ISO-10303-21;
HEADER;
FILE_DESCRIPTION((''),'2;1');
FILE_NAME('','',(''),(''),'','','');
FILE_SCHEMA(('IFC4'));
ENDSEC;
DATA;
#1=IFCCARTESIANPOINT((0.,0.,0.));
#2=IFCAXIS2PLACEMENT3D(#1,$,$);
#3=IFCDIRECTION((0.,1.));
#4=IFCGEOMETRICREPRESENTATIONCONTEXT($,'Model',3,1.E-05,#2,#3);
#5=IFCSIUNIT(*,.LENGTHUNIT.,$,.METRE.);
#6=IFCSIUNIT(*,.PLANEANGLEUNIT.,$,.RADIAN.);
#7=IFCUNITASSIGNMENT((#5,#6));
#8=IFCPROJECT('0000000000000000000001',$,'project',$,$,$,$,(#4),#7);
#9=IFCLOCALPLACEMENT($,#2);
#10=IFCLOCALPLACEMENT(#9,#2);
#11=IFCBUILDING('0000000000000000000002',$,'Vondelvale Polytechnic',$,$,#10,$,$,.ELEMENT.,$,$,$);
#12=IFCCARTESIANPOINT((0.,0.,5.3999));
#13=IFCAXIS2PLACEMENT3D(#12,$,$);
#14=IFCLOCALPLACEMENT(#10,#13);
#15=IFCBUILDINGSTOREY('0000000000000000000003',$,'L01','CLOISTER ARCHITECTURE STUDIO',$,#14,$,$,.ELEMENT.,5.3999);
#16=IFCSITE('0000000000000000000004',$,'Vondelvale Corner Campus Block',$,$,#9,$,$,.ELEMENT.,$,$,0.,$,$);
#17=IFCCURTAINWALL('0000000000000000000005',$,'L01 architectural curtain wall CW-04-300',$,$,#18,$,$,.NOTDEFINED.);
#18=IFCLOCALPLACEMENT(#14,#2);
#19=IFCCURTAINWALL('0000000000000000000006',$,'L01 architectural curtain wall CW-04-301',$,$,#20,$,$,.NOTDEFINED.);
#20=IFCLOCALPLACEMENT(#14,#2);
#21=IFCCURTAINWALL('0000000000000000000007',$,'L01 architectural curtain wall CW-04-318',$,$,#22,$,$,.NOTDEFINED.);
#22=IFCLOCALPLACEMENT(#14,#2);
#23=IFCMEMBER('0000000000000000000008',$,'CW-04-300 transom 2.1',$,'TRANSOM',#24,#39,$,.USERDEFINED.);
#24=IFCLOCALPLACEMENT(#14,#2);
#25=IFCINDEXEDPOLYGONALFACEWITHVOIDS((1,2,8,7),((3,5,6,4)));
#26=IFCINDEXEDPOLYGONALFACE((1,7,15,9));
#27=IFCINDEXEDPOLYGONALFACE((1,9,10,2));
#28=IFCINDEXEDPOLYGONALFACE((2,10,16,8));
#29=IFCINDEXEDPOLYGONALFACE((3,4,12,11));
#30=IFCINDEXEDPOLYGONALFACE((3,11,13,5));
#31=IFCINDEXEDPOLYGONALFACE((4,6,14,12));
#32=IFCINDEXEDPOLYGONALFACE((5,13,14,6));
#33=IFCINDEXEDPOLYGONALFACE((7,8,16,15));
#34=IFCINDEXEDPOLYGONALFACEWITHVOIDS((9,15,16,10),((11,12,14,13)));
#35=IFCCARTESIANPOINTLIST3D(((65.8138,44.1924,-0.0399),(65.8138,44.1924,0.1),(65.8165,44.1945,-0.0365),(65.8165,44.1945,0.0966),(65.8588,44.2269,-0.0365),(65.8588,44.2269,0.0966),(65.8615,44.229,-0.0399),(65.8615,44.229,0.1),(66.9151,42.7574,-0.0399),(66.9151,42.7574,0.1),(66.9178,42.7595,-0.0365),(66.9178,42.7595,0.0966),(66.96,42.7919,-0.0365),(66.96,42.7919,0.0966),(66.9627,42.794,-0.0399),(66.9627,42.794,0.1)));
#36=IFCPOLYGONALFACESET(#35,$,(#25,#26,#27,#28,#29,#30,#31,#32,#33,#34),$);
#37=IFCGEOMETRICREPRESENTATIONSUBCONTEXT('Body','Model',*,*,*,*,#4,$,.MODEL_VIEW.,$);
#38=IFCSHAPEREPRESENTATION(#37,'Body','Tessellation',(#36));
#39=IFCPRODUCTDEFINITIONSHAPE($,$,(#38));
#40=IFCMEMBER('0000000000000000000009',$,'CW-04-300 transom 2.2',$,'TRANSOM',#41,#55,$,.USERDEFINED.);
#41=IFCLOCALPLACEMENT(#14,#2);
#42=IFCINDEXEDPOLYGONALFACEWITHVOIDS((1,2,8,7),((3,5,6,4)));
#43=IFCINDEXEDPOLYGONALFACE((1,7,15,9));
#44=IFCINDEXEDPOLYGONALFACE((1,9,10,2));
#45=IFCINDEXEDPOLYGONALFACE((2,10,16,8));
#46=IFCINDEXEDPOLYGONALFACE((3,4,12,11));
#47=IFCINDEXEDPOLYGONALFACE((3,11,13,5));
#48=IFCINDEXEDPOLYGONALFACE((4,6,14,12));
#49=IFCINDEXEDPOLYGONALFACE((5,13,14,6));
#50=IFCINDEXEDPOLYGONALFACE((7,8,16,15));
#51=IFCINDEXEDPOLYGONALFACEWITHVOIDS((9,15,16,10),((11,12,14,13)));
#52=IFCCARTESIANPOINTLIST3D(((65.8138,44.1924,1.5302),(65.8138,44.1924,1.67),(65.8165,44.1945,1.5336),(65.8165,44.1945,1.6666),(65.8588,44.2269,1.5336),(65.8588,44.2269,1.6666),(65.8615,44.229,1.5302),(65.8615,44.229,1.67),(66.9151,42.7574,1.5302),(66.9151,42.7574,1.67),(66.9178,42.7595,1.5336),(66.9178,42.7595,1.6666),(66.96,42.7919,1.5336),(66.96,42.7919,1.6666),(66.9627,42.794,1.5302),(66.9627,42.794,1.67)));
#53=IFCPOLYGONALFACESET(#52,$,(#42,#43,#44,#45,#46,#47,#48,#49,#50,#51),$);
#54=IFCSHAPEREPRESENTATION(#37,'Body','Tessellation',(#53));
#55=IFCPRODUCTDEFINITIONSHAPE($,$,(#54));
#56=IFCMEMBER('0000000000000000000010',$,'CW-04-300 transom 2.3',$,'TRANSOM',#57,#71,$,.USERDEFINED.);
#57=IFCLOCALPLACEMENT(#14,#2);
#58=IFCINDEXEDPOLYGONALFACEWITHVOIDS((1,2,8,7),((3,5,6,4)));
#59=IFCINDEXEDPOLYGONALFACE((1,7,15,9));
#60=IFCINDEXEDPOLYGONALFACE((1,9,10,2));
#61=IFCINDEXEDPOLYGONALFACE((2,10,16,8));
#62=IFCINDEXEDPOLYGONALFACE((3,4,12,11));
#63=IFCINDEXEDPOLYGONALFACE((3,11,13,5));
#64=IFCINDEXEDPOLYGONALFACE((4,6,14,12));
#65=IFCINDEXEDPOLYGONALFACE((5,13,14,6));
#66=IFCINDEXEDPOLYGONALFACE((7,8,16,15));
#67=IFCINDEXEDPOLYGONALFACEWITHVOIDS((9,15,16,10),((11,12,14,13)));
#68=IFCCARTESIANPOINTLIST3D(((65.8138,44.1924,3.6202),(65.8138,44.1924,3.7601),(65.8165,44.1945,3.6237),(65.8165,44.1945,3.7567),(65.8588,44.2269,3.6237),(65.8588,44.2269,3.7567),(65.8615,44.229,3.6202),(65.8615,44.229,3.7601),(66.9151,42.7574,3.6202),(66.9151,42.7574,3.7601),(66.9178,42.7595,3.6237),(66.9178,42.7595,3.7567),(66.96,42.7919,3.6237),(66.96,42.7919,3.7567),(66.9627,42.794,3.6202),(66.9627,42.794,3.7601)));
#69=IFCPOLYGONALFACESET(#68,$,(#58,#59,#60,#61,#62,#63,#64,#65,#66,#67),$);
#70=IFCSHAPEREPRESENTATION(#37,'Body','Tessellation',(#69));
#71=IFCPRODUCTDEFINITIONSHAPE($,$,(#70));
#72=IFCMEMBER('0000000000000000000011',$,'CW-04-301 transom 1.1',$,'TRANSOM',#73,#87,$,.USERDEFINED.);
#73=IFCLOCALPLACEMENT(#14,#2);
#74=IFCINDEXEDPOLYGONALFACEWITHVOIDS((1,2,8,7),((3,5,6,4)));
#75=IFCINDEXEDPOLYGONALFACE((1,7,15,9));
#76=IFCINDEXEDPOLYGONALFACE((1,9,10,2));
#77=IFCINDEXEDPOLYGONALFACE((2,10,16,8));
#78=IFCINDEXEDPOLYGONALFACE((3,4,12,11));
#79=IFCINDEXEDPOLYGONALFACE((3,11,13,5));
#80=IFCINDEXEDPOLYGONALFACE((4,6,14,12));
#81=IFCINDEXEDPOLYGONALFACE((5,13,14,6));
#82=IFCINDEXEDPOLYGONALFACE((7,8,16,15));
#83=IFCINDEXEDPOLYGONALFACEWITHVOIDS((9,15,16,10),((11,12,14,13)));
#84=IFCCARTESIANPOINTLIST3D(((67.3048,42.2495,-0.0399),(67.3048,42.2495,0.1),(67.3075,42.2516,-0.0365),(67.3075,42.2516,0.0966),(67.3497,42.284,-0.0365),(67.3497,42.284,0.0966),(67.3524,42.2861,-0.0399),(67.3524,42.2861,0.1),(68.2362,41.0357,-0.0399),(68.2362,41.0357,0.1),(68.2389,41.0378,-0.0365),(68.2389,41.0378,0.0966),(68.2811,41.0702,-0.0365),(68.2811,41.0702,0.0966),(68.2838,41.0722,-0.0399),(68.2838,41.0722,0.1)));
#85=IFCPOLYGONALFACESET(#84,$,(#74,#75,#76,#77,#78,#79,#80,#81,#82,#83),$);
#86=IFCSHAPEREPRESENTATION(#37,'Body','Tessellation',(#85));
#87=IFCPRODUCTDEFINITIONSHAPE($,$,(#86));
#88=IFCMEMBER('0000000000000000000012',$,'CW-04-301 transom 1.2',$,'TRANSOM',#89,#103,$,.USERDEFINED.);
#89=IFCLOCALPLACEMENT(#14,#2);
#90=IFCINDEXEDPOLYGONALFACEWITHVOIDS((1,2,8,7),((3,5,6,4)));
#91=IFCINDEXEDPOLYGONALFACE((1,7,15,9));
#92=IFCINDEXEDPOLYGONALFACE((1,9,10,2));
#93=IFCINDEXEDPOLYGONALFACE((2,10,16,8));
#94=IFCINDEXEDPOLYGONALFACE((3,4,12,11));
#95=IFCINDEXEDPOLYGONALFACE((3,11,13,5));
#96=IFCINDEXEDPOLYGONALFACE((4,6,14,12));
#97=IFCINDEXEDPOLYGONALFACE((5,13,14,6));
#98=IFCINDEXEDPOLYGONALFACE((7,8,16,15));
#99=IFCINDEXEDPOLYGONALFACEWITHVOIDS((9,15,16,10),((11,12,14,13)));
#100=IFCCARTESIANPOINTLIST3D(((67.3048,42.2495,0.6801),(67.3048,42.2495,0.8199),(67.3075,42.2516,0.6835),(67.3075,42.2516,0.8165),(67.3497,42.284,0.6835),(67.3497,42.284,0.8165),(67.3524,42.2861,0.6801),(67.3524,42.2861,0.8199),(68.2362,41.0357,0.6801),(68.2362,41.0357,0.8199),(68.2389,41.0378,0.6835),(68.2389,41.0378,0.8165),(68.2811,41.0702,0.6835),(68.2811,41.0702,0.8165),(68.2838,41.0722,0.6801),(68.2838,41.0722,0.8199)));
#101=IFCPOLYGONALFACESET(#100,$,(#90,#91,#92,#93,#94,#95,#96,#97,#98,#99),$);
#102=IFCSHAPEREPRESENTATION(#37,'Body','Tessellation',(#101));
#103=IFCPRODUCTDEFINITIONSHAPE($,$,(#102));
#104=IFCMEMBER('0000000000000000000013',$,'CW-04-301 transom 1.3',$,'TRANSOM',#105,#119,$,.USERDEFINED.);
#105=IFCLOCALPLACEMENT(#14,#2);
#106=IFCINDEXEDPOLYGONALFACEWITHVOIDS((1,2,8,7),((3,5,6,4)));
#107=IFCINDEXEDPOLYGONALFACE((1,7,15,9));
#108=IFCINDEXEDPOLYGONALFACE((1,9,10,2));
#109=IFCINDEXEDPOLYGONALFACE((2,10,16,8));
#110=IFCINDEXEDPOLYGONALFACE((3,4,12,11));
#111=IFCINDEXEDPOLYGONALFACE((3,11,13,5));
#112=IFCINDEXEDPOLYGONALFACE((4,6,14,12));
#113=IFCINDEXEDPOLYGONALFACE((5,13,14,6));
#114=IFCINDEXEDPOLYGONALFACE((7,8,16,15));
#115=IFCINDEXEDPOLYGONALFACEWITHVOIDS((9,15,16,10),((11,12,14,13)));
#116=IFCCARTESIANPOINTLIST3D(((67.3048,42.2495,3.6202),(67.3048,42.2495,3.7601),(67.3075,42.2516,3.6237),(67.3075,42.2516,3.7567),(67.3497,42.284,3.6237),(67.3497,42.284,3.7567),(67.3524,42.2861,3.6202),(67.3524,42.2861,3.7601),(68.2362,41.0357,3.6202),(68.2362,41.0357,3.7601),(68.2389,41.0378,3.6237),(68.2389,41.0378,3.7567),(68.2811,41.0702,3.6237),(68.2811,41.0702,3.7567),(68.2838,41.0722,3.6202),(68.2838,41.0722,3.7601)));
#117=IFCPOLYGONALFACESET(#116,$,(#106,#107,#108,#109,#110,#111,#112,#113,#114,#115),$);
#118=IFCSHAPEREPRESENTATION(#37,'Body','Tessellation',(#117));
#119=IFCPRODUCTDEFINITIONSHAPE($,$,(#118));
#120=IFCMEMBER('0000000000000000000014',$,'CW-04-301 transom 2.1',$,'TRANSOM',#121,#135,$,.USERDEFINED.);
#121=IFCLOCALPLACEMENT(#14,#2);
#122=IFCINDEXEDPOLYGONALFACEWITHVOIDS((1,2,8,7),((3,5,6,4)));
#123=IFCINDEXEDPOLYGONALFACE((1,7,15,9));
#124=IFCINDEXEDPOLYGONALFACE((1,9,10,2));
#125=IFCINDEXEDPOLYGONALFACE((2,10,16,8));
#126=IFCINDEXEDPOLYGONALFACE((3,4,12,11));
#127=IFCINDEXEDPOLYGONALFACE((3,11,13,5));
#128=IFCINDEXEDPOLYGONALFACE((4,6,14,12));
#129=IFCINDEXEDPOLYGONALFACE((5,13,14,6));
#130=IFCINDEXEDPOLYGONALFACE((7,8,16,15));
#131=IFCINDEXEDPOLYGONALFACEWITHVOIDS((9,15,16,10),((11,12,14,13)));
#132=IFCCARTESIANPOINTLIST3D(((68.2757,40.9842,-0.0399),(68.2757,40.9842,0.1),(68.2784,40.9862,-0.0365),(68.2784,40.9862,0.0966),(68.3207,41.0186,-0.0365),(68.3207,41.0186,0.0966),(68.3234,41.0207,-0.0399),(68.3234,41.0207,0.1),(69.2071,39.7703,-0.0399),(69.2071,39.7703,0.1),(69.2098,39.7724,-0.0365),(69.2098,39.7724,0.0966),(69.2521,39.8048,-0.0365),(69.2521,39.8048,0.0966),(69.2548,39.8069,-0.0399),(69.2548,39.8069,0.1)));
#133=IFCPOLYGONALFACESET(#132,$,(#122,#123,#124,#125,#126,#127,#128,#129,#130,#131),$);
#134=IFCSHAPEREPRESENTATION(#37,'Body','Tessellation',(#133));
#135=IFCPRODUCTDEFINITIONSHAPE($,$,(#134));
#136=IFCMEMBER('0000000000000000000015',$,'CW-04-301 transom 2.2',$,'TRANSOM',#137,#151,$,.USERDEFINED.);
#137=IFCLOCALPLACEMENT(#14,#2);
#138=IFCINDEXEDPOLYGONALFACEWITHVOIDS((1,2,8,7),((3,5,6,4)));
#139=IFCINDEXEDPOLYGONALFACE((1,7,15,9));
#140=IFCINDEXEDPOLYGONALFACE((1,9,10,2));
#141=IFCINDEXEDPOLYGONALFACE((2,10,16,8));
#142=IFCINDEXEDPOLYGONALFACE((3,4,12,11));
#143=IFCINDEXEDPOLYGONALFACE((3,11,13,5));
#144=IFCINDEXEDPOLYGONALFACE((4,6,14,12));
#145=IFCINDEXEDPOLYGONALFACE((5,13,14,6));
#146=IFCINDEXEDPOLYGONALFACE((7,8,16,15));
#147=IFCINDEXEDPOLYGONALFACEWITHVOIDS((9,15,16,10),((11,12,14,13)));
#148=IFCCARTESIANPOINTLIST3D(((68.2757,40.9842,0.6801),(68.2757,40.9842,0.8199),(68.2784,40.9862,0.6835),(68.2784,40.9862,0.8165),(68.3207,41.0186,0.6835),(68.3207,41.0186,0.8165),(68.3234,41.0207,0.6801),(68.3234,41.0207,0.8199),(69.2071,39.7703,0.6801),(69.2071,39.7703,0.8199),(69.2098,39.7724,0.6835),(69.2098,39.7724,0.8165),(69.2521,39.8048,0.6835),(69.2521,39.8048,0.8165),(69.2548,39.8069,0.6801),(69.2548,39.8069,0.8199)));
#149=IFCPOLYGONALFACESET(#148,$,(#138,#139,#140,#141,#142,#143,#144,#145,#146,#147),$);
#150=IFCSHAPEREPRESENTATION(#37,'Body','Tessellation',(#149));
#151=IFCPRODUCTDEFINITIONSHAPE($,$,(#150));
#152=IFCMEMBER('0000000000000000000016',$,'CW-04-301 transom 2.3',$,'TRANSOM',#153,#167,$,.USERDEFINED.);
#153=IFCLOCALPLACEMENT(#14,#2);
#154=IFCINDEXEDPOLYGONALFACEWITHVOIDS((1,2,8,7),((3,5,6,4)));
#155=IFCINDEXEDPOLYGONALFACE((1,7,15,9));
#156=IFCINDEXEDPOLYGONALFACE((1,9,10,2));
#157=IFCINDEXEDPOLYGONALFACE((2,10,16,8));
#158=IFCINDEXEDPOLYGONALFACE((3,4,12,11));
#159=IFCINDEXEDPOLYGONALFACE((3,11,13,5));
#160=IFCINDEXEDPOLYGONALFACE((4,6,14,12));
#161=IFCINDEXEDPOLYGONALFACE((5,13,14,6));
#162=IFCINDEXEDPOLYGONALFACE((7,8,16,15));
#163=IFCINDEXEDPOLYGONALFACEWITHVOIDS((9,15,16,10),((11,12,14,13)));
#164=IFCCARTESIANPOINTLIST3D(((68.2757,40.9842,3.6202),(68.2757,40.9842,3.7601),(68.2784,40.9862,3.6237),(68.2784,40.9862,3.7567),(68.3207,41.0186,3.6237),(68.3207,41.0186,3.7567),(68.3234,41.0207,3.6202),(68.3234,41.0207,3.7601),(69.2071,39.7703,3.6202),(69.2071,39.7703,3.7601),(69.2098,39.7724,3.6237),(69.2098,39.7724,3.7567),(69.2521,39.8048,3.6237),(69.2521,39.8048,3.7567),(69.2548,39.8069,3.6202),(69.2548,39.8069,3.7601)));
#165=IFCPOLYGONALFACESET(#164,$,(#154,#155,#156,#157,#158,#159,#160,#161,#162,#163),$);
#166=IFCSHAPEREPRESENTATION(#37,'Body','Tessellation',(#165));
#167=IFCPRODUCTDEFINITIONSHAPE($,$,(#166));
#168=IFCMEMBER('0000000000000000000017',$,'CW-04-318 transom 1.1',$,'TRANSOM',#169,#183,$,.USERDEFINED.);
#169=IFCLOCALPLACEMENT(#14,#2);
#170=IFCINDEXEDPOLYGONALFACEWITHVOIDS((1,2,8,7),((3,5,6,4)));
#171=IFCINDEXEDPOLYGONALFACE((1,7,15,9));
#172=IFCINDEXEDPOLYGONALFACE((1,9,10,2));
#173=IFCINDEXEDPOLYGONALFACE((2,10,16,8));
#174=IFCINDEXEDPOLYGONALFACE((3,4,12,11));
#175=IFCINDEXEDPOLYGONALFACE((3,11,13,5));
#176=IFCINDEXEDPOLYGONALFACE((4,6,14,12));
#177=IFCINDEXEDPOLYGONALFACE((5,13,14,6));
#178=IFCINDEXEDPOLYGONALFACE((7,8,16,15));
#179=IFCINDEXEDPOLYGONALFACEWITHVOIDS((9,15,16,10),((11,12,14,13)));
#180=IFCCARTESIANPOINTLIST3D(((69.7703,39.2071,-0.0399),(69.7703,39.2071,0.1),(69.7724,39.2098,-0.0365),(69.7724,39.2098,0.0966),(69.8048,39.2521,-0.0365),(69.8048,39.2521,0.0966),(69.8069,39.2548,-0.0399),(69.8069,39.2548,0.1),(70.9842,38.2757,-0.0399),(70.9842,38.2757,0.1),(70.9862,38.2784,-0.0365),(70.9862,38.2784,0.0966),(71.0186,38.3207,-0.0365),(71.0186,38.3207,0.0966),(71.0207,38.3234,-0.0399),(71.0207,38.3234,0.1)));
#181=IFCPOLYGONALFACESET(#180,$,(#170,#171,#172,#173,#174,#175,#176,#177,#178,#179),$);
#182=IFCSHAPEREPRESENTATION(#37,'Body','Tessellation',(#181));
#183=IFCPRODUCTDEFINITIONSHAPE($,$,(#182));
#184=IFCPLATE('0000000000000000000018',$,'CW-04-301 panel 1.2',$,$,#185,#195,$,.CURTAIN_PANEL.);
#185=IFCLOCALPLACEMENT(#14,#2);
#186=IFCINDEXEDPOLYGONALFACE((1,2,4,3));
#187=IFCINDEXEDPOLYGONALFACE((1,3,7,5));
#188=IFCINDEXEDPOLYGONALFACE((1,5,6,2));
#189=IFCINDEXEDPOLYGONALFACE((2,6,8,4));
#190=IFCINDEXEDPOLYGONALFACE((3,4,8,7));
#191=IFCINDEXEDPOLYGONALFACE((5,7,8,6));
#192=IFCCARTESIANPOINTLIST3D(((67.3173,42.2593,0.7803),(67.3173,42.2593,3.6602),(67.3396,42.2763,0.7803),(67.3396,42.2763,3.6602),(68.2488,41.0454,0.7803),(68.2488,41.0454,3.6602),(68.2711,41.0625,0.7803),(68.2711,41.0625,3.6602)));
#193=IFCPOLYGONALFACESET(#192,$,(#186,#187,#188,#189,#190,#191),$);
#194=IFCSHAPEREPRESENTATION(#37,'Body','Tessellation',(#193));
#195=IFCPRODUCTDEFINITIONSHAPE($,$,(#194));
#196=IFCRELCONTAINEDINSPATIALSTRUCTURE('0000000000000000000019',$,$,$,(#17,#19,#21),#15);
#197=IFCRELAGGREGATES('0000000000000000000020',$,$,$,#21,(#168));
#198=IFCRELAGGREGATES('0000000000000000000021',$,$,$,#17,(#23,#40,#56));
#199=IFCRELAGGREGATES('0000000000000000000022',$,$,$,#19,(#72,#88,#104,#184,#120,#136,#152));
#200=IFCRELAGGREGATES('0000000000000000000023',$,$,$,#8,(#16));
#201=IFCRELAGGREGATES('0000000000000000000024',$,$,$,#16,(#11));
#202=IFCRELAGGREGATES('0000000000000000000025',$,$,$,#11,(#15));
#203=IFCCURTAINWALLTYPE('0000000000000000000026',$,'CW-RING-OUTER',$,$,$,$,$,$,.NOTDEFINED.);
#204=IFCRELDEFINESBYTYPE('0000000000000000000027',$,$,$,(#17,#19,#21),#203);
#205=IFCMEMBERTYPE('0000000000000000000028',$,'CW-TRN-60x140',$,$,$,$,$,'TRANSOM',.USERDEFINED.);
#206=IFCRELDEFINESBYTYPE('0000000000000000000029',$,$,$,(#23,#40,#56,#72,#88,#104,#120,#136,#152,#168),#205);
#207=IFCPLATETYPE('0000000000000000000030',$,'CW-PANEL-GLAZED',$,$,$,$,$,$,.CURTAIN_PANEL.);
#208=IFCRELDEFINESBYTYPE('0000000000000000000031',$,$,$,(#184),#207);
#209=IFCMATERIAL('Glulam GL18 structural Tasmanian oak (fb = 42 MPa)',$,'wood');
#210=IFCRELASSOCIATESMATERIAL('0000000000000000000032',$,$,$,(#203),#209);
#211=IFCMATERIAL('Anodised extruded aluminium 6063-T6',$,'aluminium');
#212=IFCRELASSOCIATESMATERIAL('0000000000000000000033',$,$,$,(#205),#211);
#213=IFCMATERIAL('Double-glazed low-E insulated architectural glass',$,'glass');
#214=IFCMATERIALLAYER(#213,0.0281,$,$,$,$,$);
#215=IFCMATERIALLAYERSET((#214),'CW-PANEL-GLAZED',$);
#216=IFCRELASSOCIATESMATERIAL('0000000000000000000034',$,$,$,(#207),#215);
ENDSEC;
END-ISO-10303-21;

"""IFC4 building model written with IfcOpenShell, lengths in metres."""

from ifc_helpers import new_model, si_unit, direction, frame, origin, origin_2d, place, context, subcontext, project, spatial, rectangle, hollow_rectangle, extrude, material, layer, layer_set, material_profile, profile_set, type_object, element, aggregate, save


model = new_model("IFC4")

# Units and contexts
model_context = context("Model", 3, precision=1e-05, world=origin(), true_north=direction((0.0, 1.0)))
body_context = subcontext(model_context, "Body", "Model", "MODEL_VIEW")
ifc_project = project(units=[si_unit("LENGTHUNIT", "METRE"), si_unit("PLANEANGLEUNIT", "RADIAN")], contexts=[model_context])

# Site, building, storey
site_placement = place(None, origin())
site = spatial("IfcSite", under=ifc_project, at=site_placement, Name="Vondelvale Corner Campus Block", CompositionType="ELEMENT", RefElevation=0.0)
building_placement = place(site_placement, origin())
building = spatial("IfcBuilding", under=site, at=building_placement, Name="Vondelvale Polytechnic", CompositionType="ELEMENT")
storey_placement = place(building_placement, frame((0.0, 0.0, 5.3999)))
storey = spatial("IfcBuildingStorey", under=building, at=storey_placement, Name="L01", Description="CLOISTER ARCHITECTURE STUDIO", CompositionType="ELEMENT", Elevation=5.3999)

# Shared definitions
ifc_material_1 = material(Name="Glulam GL18 structural Tasmanian oak (fb = 42 MPa)", Category="wood")

# Curtain walls
curtain_wall_type = type_object("IfcCurtainWallType", Name="CW-RING-OUTER", PredefinedType="NOTDEFINED", material=ifc_material_1)
curtain_wall_1_placement = place(storey_placement, origin())
curtain_wall_1 = element("IfcCurtainWall", 1, at=curtain_wall_1_placement, inside=storey, type_object=curtain_wall_type, Name="L01 architectural curtain wall CW-04-300", PredefinedType="NOTDEFINED")
ifc_material_2 = material(Name="Anodised extruded aluminium 6063-T6", Category="aluminium")
curtain_wall_2_placement = place(storey_placement, origin())
curtain_wall_2 = element("IfcCurtainWall", 2, at=curtain_wall_2_placement, inside=storey, type_object=curtain_wall_type, Name="L01 architectural curtain wall CW-04-301", PredefinedType="NOTDEFINED")

# Curtain wall
curtain_wall_3_placement = place(storey_placement, origin())
curtain_wall_3 = element("IfcCurtainWall", 3, at=curtain_wall_3_placement, inside=storey, type_object=curtain_wall_type, Name="L01 architectural curtain wall CW-04-318", PredefinedType="NOTDEFINED")

# Members
ifc_material_profile_1 = material_profile(ifc_material_2, hollow_rectangle(XDim=0.0601, YDim=0.1399, WallThickness=0.0034, at=origin_2d()), Name="CW-TRN-140x60")
ifc_profile_set_1 = profile_set([ifc_material_profile_1], Name="Anodised extruded aluminium 6063-T6")
member_type_1 = type_object("IfcMemberType", Name="CW-TRN-60x140", ElementType="TRANSOM", PredefinedType="USERDEFINED", material=ifc_profile_set_1)
member_1_placement = place(storey_placement, frame((65.8376, 44.2107, 0.03), z_axis=(0.608817, -0.793311, 0.0), x_axis=(0.793311, 0.608817, 0.0)))
member_1 = element("IfcMember", 4, at=member_1_placement, type_object=member_type_1, Name="CW-04-300 transom 2.1", ObjectType="TRANSOM", PredefinedType="USERDEFINED", context=body_context, shape_type="SweptSolid", body=[
    extrude(hollow_rectangle(XDim=0.0601, YDim=0.1399, WallThickness=0.0034, at=origin_2d()), origin(), (0.0, 0.0, 1.0), 1.8088),
])
member_2_placement = place(storey_placement, frame((65.8376, 44.2107, 1.6001), z_axis=(0.608817, -0.793311, 0.0), x_axis=(0.793311, 0.608817, 0.0)))
member_2 = element("IfcMember", 5, at=member_2_placement, type_object=member_type_1, Name="CW-04-300 transom 2.2", ObjectType="TRANSOM", PredefinedType="USERDEFINED", context=body_context, shape_type="SweptSolid", body=[
    extrude(hollow_rectangle(XDim=0.0601, YDim=0.1399, WallThickness=0.0034, at=origin_2d()), origin(), (0.0, 0.0, 1.0), 1.8088),
])
member_3_placement = place(storey_placement, frame((65.8376, 44.2107, 3.6902), z_axis=(0.608817, -0.793311, 0.0), x_axis=(0.793311, 0.608817, 0.0)))
member_3 = element("IfcMember", 6, at=member_3_placement, type_object=member_type_1, Name="CW-04-300 transom 2.3", ObjectType="TRANSOM", PredefinedType="USERDEFINED", context=body_context, shape_type="SweptSolid", body=[
    extrude(hollow_rectangle(XDim=0.0601, YDim=0.1399, WallThickness=0.0034, at=origin_2d()), origin(), (0.0, 0.0, 1.0), 1.8088),
])
member_4_placement = place(storey_placement, frame((67.3286, 42.2678, 0.03), z_axis=(0.608746, -0.793365, 0.0), x_axis=(0.793365, 0.608746, 0.0)))
member_4 = element("IfcMember", 7, at=member_4_placement, type_object=member_type_1, Name="CW-04-301 transom 1.1", ObjectType="TRANSOM", PredefinedType="USERDEFINED", context=body_context, shape_type="SweptSolid", body=[
    extrude(hollow_rectangle(XDim=0.0601, YDim=0.1399, WallThickness=0.0034, at=origin_2d()), origin(), (0.0, 0.0, 1.0), 1.53),
])
member_5_placement = place(storey_placement, frame((67.3286, 42.2678, 0.75), z_axis=(0.608746, -0.793365, 0.0), x_axis=(0.793365, 0.608746, 0.0)))
member_5 = element("IfcMember", 8, at=member_5_placement, type_object=member_type_1, Name="CW-04-301 transom 1.2", ObjectType="TRANSOM", PredefinedType="USERDEFINED", context=body_context, shape_type="SweptSolid", body=[
    extrude(hollow_rectangle(XDim=0.0601, YDim=0.1399, WallThickness=0.0034, at=origin_2d()), origin(), (0.0, 0.0, 1.0), 1.53),
])
member_6_placement = place(storey_placement, frame((67.3286, 42.2678, 3.6902), z_axis=(0.608746, -0.793365, 0.0), x_axis=(0.793365, 0.608746, 0.0)))
member_6 = element("IfcMember", 9, at=member_6_placement, type_object=member_type_1, Name="CW-04-301 transom 1.3", ObjectType="TRANSOM", PredefinedType="USERDEFINED", context=body_context, shape_type="SweptSolid", body=[
    extrude(hollow_rectangle(XDim=0.0601, YDim=0.1399, WallThickness=0.0034, at=origin_2d()), origin(), (0.0, 0.0, 1.0), 1.53),
])
member_7_placement = place(storey_placement, frame((68.2996, 41.0024, 0.03), z_axis=(0.608746, -0.793365, 0.0), x_axis=(0.793365, 0.608746, 0.0)))
member_7 = element("IfcMember", 10, at=member_7_placement, type_object=member_type_1, Name="CW-04-301 transom 2.1", ObjectType="TRANSOM", PredefinedType="USERDEFINED", context=body_context, shape_type="SweptSolid", body=[
    extrude(hollow_rectangle(XDim=0.0601, YDim=0.1399, WallThickness=0.0034, at=origin_2d()), origin(), (0.0, 0.0, 1.0), 1.53),
])
member_8_placement = place(storey_placement, frame((68.2996, 41.0024, 0.75), z_axis=(0.608746, -0.793365, 0.0), x_axis=(0.793365, 0.608746, 0.0)))
member_8 = element("IfcMember", 11, at=member_8_placement, type_object=member_type_1, Name="CW-04-301 transom 2.2", ObjectType="TRANSOM", PredefinedType="USERDEFINED", context=body_context, shape_type="SweptSolid", body=[
    extrude(hollow_rectangle(XDim=0.0601, YDim=0.1399, WallThickness=0.0034, at=origin_2d()), origin(), (0.0, 0.0, 1.0), 1.53),
])
member_9_placement = place(storey_placement, frame((68.2996, 41.0024, 3.6902), z_axis=(0.608746, -0.793365, 0.0), x_axis=(0.793365, 0.608746, 0.0)))
member_9 = element("IfcMember", 12, at=member_9_placement, type_object=member_type_1, Name="CW-04-301 transom 2.3", ObjectType="TRANSOM", PredefinedType="USERDEFINED", context=body_context, shape_type="SweptSolid", body=[
    extrude(hollow_rectangle(XDim=0.0601, YDim=0.1399, WallThickness=0.0034, at=origin_2d()), origin(), (0.0, 0.0, 1.0), 1.53),
])
member_10_placement = place(storey_placement, frame((69.7886, 39.231, 0.03), z_axis=(0.793365, -0.608746, 0.0), x_axis=(0.608746, 0.793365, 0.0)))
member_10 = element("IfcMember", 13, at=member_10_placement, type_object=member_type_1, Name="CW-04-318 transom 1.1", ObjectType="TRANSOM", PredefinedType="USERDEFINED", context=body_context, shape_type="SweptSolid", body=[
    extrude(hollow_rectangle(XDim=0.0601, YDim=0.1399, WallThickness=0.0034, at=origin_2d()), origin(), (0.0, 0.0, 1.0), 1.53),
])
aggregate(curtain_wall_3, [member_10])

# Plate
ifc_material_3 = material(Name="Double-glazed low-E insulated architectural glass", Category="glass")
ifc_layer_1 = layer(ifc_material_3, 0.0281)
ifc_layer_set_1 = layer_set([ifc_layer_1], Name="CW-PANEL-GLAZED")
plate_type_1 = type_object("IfcPlateType", Name="CW-PANEL-GLAZED", PredefinedType="CURTAIN_PANEL", material=ifc_layer_set_1)
plate_1_placement = place(storey_placement, frame((67.7942, 41.6609, 0.7803), z_axis=(0.0, 0.0, 1.0), x_axis=(0.608787, -0.793334, 0.0)))
plate_1 = element("IfcPlate", 14, at=plate_1_placement, type_object=plate_type_1, Name="CW-04-301 panel 1.2", PredefinedType="CURTAIN_PANEL", context=body_context, shape_type="SweptSolid", body=[
    extrude(rectangle(XDim=1.53, YDim=0.0281, at=origin_2d()), origin(), (0.0, 0.0, 1.0), 2.8799),
])
aggregate(curtain_wall_1, [member_1, member_2, member_3])
aggregate(curtain_wall_2, [member_4, member_5, member_6, plate_1, member_7, member_8, member_9])

save(model, "model.ifc")
